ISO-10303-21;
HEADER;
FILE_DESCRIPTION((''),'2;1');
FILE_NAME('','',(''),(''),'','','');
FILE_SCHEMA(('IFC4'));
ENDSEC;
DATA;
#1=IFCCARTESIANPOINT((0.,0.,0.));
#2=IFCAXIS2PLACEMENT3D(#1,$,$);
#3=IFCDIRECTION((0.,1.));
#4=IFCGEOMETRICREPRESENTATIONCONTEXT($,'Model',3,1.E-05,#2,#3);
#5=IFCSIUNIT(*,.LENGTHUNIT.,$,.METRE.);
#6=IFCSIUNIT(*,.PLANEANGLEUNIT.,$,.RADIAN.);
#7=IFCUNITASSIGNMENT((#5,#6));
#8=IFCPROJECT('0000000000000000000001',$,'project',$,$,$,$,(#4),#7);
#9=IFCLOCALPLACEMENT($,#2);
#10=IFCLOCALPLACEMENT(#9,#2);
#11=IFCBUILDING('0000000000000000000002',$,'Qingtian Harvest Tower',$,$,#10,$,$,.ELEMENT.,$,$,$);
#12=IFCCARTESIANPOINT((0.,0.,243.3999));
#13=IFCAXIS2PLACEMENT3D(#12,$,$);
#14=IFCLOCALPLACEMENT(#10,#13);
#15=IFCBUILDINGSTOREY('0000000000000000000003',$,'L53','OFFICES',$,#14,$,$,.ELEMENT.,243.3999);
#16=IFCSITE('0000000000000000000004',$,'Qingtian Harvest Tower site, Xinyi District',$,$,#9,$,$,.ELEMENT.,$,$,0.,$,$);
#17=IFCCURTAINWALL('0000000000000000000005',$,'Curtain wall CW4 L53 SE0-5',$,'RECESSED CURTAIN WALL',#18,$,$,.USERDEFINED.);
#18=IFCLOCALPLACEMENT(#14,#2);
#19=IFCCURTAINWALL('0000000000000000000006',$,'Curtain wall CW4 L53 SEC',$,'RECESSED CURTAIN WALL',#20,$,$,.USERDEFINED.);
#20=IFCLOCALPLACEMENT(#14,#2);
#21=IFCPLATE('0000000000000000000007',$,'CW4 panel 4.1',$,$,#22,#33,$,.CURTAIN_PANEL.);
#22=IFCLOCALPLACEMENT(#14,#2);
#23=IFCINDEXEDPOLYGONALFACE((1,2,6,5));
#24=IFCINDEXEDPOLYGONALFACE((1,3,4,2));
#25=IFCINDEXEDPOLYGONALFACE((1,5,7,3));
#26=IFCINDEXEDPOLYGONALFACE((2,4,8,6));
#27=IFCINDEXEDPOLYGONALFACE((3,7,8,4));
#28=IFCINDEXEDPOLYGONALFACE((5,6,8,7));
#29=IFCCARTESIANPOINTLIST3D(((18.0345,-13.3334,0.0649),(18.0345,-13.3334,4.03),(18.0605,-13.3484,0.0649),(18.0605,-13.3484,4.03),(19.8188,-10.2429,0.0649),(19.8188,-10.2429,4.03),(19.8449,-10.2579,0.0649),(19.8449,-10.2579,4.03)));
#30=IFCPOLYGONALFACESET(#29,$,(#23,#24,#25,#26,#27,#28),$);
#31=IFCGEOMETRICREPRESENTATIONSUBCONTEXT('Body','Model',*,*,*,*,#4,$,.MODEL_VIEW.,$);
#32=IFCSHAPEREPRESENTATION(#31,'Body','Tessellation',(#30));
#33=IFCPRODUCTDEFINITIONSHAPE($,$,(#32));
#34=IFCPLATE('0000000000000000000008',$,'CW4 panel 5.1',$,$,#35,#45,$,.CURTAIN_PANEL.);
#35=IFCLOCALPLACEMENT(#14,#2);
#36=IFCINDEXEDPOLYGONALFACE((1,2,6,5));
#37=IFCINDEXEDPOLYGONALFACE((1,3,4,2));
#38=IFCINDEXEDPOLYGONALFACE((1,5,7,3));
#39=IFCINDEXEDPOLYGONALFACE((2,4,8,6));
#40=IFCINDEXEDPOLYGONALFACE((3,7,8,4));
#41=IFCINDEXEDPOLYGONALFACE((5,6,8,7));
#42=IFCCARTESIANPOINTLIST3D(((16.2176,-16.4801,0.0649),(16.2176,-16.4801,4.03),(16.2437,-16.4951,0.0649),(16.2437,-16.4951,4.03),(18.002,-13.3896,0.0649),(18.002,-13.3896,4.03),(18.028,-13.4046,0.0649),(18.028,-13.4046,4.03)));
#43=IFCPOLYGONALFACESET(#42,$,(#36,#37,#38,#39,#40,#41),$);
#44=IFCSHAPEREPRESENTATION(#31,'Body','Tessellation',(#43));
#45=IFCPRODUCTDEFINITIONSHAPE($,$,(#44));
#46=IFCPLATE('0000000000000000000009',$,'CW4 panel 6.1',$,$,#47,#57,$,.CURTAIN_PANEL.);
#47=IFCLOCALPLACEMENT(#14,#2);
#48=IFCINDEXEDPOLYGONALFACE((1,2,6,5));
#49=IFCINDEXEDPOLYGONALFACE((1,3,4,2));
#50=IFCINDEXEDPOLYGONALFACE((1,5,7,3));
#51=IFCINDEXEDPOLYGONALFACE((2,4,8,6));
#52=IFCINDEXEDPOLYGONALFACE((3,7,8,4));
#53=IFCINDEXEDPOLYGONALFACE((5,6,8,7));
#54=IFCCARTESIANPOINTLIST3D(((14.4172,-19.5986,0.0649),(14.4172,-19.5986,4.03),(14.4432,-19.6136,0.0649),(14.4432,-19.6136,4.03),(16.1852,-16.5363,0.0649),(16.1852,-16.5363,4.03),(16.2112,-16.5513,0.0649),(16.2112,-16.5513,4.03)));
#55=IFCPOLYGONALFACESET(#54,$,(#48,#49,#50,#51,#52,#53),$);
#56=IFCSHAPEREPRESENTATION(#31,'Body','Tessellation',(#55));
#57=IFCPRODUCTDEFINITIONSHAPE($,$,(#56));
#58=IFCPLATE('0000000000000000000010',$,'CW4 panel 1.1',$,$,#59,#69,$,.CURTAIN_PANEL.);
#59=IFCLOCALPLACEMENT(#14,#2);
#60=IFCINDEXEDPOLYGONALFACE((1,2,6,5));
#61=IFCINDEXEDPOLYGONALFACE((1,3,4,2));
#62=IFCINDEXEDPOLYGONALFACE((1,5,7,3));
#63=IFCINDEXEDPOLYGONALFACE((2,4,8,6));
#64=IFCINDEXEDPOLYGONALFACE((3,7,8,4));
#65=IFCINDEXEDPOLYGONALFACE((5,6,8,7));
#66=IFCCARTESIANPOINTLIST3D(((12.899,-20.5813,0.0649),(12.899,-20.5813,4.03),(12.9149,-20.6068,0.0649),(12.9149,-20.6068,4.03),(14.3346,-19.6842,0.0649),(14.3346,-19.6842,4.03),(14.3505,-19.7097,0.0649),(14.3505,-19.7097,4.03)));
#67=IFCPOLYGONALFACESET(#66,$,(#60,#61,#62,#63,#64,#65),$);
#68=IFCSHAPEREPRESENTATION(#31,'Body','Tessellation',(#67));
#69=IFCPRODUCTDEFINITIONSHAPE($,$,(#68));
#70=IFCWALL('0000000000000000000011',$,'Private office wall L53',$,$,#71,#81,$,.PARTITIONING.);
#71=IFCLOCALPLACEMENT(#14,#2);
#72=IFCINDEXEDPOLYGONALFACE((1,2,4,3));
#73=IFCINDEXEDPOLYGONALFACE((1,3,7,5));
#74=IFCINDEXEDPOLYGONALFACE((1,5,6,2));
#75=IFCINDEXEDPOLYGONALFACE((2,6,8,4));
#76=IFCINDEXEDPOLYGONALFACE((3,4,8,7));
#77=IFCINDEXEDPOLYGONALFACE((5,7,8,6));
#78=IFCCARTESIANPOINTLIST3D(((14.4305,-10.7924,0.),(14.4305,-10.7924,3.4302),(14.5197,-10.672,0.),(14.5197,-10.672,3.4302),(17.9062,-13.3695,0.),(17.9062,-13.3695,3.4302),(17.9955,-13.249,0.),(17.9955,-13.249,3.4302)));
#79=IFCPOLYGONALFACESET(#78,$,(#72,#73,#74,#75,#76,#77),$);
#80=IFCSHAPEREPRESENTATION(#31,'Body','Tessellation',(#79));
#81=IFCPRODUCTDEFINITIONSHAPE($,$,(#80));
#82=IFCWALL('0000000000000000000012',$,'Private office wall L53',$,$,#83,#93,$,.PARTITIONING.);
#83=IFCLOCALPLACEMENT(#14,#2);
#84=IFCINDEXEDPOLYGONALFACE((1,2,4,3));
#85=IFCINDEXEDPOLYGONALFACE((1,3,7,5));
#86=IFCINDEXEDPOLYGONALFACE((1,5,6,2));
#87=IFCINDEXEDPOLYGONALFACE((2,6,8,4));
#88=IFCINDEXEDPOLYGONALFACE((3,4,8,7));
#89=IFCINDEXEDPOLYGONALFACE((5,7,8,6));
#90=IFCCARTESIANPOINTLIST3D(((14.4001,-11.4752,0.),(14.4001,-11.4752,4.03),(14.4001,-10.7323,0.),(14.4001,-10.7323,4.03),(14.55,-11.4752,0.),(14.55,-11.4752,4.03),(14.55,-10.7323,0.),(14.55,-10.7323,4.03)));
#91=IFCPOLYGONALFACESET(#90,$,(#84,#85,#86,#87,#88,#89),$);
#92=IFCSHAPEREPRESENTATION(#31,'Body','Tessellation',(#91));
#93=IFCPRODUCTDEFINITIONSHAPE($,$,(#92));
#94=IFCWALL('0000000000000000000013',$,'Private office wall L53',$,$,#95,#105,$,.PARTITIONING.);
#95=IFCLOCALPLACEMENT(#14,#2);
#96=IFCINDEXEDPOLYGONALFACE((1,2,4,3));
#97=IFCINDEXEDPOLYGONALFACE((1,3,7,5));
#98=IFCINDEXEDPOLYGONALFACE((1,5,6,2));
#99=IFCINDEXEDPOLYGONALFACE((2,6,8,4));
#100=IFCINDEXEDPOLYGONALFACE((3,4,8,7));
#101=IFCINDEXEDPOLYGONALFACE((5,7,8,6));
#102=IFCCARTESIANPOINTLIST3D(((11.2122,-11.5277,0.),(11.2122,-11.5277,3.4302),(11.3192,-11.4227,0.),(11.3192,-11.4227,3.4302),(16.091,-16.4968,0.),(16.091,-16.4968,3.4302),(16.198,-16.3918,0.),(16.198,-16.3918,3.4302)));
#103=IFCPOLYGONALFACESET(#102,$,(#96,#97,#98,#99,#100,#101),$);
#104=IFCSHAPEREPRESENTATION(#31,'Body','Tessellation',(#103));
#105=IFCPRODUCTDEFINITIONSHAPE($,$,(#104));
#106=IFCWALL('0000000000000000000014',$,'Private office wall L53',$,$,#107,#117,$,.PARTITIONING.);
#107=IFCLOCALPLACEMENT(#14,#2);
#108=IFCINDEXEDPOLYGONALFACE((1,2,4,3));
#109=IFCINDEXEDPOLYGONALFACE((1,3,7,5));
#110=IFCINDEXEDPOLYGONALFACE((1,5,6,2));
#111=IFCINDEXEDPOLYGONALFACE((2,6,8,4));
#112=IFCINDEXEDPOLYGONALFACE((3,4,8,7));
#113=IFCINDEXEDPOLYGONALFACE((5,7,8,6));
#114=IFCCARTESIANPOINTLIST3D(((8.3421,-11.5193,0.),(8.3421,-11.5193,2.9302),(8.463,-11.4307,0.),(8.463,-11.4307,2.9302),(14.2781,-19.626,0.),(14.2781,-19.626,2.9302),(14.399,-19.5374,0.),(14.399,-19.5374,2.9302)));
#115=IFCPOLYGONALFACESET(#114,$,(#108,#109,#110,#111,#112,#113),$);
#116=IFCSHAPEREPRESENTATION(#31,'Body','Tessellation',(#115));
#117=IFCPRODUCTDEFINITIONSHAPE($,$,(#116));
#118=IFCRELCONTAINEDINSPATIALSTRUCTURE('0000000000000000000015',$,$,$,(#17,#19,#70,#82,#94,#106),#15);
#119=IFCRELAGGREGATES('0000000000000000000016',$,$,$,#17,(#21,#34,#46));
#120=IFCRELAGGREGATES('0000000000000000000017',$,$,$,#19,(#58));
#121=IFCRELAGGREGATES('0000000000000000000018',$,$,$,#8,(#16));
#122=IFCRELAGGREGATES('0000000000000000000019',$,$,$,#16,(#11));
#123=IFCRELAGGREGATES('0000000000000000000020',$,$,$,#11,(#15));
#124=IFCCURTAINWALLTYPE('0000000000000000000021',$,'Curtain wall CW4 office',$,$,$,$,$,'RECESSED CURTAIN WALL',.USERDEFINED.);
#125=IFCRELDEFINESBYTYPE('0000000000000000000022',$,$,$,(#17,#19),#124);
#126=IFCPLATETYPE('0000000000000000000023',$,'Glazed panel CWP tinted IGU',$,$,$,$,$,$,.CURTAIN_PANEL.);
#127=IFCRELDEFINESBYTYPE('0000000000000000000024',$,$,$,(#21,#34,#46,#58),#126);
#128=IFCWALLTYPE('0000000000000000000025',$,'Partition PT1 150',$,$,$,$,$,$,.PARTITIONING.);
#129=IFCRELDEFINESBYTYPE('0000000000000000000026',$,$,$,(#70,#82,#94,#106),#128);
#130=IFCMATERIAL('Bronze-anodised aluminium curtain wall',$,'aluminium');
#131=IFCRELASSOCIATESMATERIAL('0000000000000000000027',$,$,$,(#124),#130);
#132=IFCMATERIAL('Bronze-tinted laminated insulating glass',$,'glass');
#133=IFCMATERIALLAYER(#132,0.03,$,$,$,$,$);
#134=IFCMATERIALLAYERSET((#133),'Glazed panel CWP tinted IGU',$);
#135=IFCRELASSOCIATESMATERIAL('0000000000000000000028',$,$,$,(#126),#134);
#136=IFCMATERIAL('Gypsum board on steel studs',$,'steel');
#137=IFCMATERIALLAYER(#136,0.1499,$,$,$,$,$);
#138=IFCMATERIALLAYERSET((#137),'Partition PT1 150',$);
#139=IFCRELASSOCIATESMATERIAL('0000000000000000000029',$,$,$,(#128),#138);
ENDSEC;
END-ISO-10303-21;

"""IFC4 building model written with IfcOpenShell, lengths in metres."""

from ifc_helpers import new_model, si_unit, direction, frame, frame_2d, origin, origin_2d, place, context, subcontext, project, spatial, rectangle, extrude, material, layer, layer_set, type_object, element, aggregate, save


model = new_model("IFC4")

# Units and contexts
model_context = context("Model", 3, precision=1e-05, world=origin(), true_north=direction((0.0, 1.0)))
body_context = subcontext(model_context, "Body", "Model", "MODEL_VIEW")
ifc_project = project(units=[si_unit("LENGTHUNIT", "METRE"), si_unit("PLANEANGLEUNIT", "RADIAN")], contexts=[model_context])

# Site, building, storey
site_placement = place(None, origin())
site = spatial("IfcSite", under=ifc_project, at=site_placement, Name="Qingtian Harvest Tower site, Xinyi District", CompositionType="ELEMENT", RefElevation=0.0)
building_placement = place(site_placement, origin())
building = spatial("IfcBuilding", under=site, at=building_placement, Name="Qingtian Harvest Tower", CompositionType="ELEMENT")
storey_placement = place(building_placement, frame((0.0, 0.0, 243.3999)))
storey = spatial("IfcBuildingStorey", under=building, at=storey_placement, Name="L53", Description="OFFICES", CompositionType="ELEMENT", Elevation=243.3999)

# Curtain walls
ifc_material_1 = material(Name="Bronze-anodised aluminium curtain wall", Category="aluminium")
curtain_wall_type = type_object("IfcCurtainWallType", Name="Curtain wall CW4 office", ElementType="RECESSED CURTAIN WALL", PredefinedType="USERDEFINED", material=ifc_material_1)
curtain_wall_1_placement = place(storey_placement, origin())
curtain_wall_1 = element("IfcCurtainWall", 1, at=curtain_wall_1_placement, inside=storey, type_object=curtain_wall_type, Name="Curtain wall CW4 L53 SE0-5", ObjectType="RECESSED CURTAIN WALL", PredefinedType="USERDEFINED")
curtain_wall_2_placement = place(storey_placement, origin())
curtain_wall_2 = element("IfcCurtainWall", 2, at=curtain_wall_2_placement, inside=storey, type_object=curtain_wall_type, Name="Curtain wall CW4 L53 SEC", ObjectType="RECESSED CURTAIN WALL", PredefinedType="USERDEFINED")

# Plates
ifc_material_2 = material(Name="Bronze-tinted laminated insulating glass", Category="glass")
ifc_layer_1 = layer(ifc_material_2, 0.03)
ifc_layer_set_1 = layer_set([ifc_layer_1], Name="Glazed panel CWP tinted IGU")
plate_type = type_object("IfcPlateType", Name="Glazed panel CWP tinted IGU", PredefinedType="CURTAIN_PANEL", material=ifc_layer_set_1)
plate_1_placement = place(storey_placement, frame((18.9397, -11.7957, 0.0649), z_axis=(0.0, 0.0, 1.0), x_axis=(-0.5, -0.866025, 0.0)))
plate_1 = element("IfcPlate", 3, at=plate_1_placement, type_object=plate_type, Name="CW4 panel 4.1", PredefinedType="CURTAIN_PANEL", context=body_context, shape_type="SweptSolid", body=[
    extrude(rectangle(XDim=3.5686, YDim=0.03, at=origin_2d()), origin(), (0.0, 0.0, 1.0), 3.9651),
])
plate_2_placement = place(storey_placement, frame((17.1228, -14.9424, 0.0649), z_axis=(0.0, 0.0, 1.0), x_axis=(-0.5, -0.866025, 0.0)))
plate_2 = element("IfcPlate", 4, at=plate_2_placement, type_object=plate_type, Name="CW4 panel 5.1", PredefinedType="CURTAIN_PANEL", context=body_context, shape_type="SweptSolid", body=[
    extrude(rectangle(XDim=3.5686, YDim=0.03, at=origin_2d()), origin(), (0.0, 0.0, 1.0), 3.9651),
])
plate_3_placement = place(storey_placement, frame((15.3142, -18.075, 0.0649), z_axis=(0.0, 0.0, 1.0), x_axis=(-0.5, -0.866025, 0.0)))
plate_3 = element("IfcPlate", 5, at=plate_3_placement, type_object=plate_type, Name="CW4 panel 6.1", PredefinedType="CURTAIN_PANEL", context=body_context, shape_type="SweptSolid", body=[
    extrude(rectangle(XDim=3.5361, YDim=0.03, at=origin_2d()), origin(), (0.0, 0.0, 1.0), 3.9651),
])
aggregate(curtain_wall_1, [plate_1, plate_2, plate_3])
plate_4_placement = place(storey_placement, frame((13.6248, -20.1455, 0.0649), z_axis=(0.0, 0.0, 1.0), x_axis=(-0.848048, -0.529919, 0.0)))
plate_4 = element("IfcPlate", 6, at=plate_4_placement, type_object=plate_type, Name="CW4 panel 1.1", PredefinedType="CURTAIN_PANEL", context=body_context, shape_type="SweptSolid", body=[
    extrude(rectangle(XDim=1.6929, YDim=0.03, at=origin_2d()), origin(), (0.0, 0.0, 1.0), 3.9651),
])
aggregate(curtain_wall_2, [plate_4])

# Walls
ifc_material_3 = material(Name="Gypsum board on steel studs", Category="steel")
ifc_layer_2 = layer(ifc_material_3, 0.1499)
ifc_layer_set_2 = layer_set([ifc_layer_2], Name="Partition PT1 150")
wall_type = type_object("IfcWallType", Name="Partition PT1 150", PredefinedType="PARTITIONING", material=ifc_layer_set_2)
wall_1_placement = place(storey_placement, frame((17.9509, -13.3093, 0.0), z_axis=(0.0, 0.0, 1.0), x_axis=(-0.803285, 0.595595, 0.0)))
element("IfcWall", 7, at=wall_1_placement, inside=storey, type_object=wall_type, Name="Private office wall L53", PredefinedType="PARTITIONING", context=body_context, shape_type="SweptSolid", body=[
    extrude(rectangle(XDim=4.3269, YDim=0.1499, at=frame_2d((2.1636, 0.0))), origin(), (0.0, 0.0, 1.0), 3.4302),
])
wall_2_placement = place(storey_placement, frame((14.4751, -10.7322, 0.0), z_axis=(0.0, 0.0, 1.0), x_axis=(0.0, -1.0, 0.0)))
element("IfcWall", 8, at=wall_2_placement, inside=storey, type_object=wall_type, Name="Private office wall L53", PredefinedType="PARTITIONING", context=body_context, shape_type="SweptSolid", body=[
    extrude(rectangle(XDim=0.7429, YDim=0.1499, at=frame_2d((0.3716, 0.0))), origin(), (0.0, 0.0, 1.0), 4.03),
])

# Walls
wall_3_placement = place(storey_placement, frame((16.1445, -16.4443, 0.0), z_axis=(0.0, 0.0, 1.0), x_axis=(-0.700591, 0.713563, 0.0)))
element("IfcWall", 9, at=wall_3_placement, inside=storey, type_object=wall_type, Name="Private office wall L53", PredefinedType="PARTITIONING", context=body_context, shape_type="SweptSolid", body=[
    extrude(rectangle(XDim=6.9639, YDim=0.1499, at=frame_2d((3.4819, 0.0))), origin(), (0.0, 0.0, 1.0), 3.4302),
])
wall_4_placement = place(storey_placement, frame((14.3386, -19.5818, 0.0), z_axis=(0.0, 0.0, 1.0), x_axis=(-0.590789, 0.806826, 0.0)))
element("IfcWall", 10, at=wall_4_placement, inside=storey, type_object=wall_type, Name="Private office wall L53", PredefinedType="PARTITIONING", context=body_context, shape_type="SweptSolid", body=[
    extrude(rectangle(XDim=10.0476, YDim=0.1499, at=frame_2d((5.0239, 0.0))), origin(), (0.0, 0.0, 1.0), 2.9302),
])

save(model, "model.ifc")
